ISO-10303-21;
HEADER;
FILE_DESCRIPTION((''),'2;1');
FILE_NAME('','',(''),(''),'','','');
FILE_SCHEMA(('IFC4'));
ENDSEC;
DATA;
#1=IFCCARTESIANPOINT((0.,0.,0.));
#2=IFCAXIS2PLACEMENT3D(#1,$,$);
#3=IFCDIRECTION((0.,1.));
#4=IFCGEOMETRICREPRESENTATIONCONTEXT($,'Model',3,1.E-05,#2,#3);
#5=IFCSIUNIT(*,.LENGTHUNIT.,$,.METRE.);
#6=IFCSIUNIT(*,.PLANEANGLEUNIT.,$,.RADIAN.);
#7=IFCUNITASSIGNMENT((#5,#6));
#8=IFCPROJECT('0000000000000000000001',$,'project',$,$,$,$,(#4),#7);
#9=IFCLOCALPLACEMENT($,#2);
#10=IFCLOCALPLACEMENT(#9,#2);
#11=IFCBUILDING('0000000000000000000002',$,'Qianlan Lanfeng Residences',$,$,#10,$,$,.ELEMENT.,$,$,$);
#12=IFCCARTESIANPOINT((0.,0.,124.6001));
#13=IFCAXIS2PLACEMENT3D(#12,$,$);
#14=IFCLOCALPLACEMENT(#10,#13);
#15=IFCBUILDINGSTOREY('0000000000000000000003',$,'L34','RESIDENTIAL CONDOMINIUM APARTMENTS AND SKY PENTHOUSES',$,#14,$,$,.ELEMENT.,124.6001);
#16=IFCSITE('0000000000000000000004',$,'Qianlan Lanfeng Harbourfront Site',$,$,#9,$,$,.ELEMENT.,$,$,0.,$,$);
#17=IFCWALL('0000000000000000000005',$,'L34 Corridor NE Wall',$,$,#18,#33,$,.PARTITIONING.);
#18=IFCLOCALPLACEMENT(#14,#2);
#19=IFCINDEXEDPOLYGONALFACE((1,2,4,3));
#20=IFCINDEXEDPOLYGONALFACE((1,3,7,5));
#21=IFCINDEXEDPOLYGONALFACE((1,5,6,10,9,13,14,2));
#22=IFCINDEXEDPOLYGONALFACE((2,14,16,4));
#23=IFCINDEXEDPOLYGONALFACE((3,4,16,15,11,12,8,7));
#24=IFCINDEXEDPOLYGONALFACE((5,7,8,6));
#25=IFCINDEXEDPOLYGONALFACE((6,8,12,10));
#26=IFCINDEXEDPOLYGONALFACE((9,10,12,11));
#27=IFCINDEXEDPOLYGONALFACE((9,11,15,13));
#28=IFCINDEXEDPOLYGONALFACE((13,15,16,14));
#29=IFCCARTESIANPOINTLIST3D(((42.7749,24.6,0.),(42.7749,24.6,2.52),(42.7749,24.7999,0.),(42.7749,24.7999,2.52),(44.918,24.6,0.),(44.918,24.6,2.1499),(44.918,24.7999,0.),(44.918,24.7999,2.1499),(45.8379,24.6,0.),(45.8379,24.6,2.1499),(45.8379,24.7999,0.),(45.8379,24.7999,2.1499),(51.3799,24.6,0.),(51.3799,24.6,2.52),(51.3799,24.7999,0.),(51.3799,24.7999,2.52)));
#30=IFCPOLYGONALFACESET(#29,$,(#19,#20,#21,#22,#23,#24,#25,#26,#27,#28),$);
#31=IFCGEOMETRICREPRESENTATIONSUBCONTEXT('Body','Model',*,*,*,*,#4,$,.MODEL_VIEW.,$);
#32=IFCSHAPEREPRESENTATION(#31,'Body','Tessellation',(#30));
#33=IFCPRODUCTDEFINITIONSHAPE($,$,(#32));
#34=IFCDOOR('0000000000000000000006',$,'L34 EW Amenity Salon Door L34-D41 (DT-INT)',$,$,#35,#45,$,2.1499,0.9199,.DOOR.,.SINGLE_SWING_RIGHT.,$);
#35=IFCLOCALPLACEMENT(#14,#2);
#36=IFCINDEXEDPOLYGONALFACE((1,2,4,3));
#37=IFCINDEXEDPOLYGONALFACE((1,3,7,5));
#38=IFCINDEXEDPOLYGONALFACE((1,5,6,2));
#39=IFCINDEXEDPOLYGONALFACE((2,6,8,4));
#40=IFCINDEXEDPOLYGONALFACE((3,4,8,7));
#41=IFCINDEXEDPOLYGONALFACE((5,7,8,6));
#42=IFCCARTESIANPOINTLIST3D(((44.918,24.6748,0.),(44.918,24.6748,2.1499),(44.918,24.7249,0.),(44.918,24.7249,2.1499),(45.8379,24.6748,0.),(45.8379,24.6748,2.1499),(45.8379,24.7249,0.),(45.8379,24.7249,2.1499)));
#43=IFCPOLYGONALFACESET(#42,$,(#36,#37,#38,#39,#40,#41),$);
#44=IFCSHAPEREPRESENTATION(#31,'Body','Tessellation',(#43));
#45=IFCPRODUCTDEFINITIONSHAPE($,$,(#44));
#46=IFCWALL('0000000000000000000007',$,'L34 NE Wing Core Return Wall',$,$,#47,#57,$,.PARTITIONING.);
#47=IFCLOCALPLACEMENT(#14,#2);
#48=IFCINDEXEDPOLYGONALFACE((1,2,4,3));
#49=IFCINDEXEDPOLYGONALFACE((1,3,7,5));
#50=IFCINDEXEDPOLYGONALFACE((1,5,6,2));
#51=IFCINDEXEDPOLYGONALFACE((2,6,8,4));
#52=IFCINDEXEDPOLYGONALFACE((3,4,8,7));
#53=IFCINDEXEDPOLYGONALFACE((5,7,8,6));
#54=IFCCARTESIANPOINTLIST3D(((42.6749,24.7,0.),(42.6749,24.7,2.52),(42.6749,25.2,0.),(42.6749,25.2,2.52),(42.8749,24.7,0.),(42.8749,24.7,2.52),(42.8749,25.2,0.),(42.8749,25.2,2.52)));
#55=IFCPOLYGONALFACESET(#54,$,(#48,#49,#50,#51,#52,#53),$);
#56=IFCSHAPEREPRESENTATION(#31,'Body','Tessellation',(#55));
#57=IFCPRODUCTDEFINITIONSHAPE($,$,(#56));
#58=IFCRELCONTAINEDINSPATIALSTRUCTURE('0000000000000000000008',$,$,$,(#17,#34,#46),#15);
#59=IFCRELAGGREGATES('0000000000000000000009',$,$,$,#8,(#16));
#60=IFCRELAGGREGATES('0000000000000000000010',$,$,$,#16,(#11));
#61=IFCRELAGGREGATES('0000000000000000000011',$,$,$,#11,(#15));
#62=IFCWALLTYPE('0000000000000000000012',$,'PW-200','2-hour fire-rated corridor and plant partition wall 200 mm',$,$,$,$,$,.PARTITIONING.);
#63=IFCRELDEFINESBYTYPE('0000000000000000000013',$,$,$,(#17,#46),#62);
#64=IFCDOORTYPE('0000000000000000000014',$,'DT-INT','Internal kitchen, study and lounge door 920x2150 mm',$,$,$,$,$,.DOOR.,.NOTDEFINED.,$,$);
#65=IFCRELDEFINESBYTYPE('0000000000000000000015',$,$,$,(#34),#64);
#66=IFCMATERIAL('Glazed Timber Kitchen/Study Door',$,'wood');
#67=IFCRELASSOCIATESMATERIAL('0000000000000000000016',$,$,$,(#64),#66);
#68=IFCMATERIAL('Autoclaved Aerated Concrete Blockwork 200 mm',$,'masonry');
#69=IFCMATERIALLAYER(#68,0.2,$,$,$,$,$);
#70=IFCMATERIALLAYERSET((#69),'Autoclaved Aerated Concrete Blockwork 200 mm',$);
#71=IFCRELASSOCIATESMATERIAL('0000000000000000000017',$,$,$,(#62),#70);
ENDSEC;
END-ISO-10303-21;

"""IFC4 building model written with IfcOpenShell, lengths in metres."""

from ifc_helpers import new_model, si_unit, direction, frame, frame_2d, origin, place, context, subcontext, project, spatial, rectangle, extrude, material, layer, layer_set, type_object, element, fill, save


model = new_model("IFC4")

# Units and contexts
model_context = context("Model", 3, precision=1e-05, world=origin(), true_north=direction((0.0, 1.0)))
body_context = subcontext(model_context, "Body", "Model", "MODEL_VIEW")
ifc_project = project(units=[si_unit("LENGTHUNIT", "METRE"), si_unit("PLANEANGLEUNIT", "RADIAN")], contexts=[model_context])

# Site, building, storey
site_placement = place(None, origin())
site = spatial("IfcSite", under=ifc_project, at=site_placement, Name="Qianlan Lanfeng Harbourfront Site", CompositionType="ELEMENT", RefElevation=0.0)
building_placement = place(site_placement, origin())
building = spatial("IfcBuilding", under=site, at=building_placement, Name="Qianlan Lanfeng Residences", CompositionType="ELEMENT")
storey_placement = place(building_placement, frame((0.0, 0.0, 124.6001)))
storey = spatial("IfcBuildingStorey", under=building, at=storey_placement, Name="L34", Description="RESIDENTIAL CONDOMINIUM APARTMENTS AND SKY PENTHOUSES", CompositionType="ELEMENT", Elevation=124.6001)

# Wall, opening, door
ifc_material_1 = material(Name="Glazed Timber Kitchen/Study Door", Category="wood")
door_type = type_object("IfcDoorType", Name="DT-INT", Description="Internal kitchen, study and lounge door 920x2150 mm", OperationType="NOTDEFINED", PredefinedType="DOOR", material=ifc_material_1)
ifc_material_2 = material(Name="Autoclaved Aerated Concrete Blockwork 200 mm", Category="masonry")
ifc_layer_1 = layer(ifc_material_2, 0.2)
ifc_layer_set_1 = layer_set([ifc_layer_1], Name="Autoclaved Aerated Concrete Blockwork 200 mm")
wall_type_1 = type_object("IfcWallType", Name="PW-200", Description="2-hour fire-rated corridor and plant partition wall 200 mm", PredefinedType="PARTITIONING", material=ifc_layer_set_1)
wall_1_placement = place(storey_placement, frame((42.7749, 24.7, 0.0), z_axis=(0.0, 0.0, 1.0), x_axis=(1.0, 0.0, 0.0)))
wall_1 = element("IfcWall", 1, at=wall_1_placement, inside=storey, type_object=wall_type_1, Name="L34 Corridor NE Wall", PredefinedType="PARTITIONING", context=body_context, shape_type="SweptSolid", body=[
    extrude(rectangle(XDim=8.605, YDim=0.2, at=frame_2d((4.3025, 0.0))), origin(), (0.0, 0.0, 1.0), 2.52),
])
opening_1_placement = place(wall_1_placement, frame((2.1431, 0.0, 0.0)))
opening_1 = element("IfcOpeningElement", 2, at=opening_1_placement, cuts=wall_1, PredefinedType="OPENING", context=body_context, shape_type="SweptSolid", body=[
    extrude(rectangle(XDim=0.9199, YDim=2.1499, at=frame_2d((0.46, 1.075))), frame((0.0, 0.1099, 0.0), z_axis=(0.0, -1.0, 0.0), x_axis=(1.0, 0.0, 0.0)), (0.0, 0.0, 1.0), 0.22),
])
door_1_placement = place(opening_1_placement, origin())
door_1 = element("IfcDoor", 3, at=door_1_placement, inside=storey, type_object=door_type, Name="L34 EW Amenity Salon Door L34-D41 (DT-INT)", OperationType="SINGLE_SWING_RIGHT", OverallHeight=2.1499, OverallWidth=0.9199, PredefinedType="DOOR", context=body_context, shape_type="SweptSolid", body=[
    extrude(rectangle(XDim=0.9199, YDim=2.1499, at=frame_2d((0.46, 1.075))), frame((0.0, 0.0249, 0.0), z_axis=(0.0, -1.0, 0.0), x_axis=(1.0, 0.0, 0.0)), (0.0, 0.0, 1.0), 0.05),
])
fill(opening_1, door_1)

# Wall
wall_2_placement = place(storey_placement, frame((42.7749, 24.7, 0.0), z_axis=(0.0, 0.0, 1.0), x_axis=(0.0, 1.0, 0.0)))
element("IfcWall", 4, at=wall_2_placement, inside=storey, type_object=wall_type_1, Name="L34 NE Wing Core Return Wall", PredefinedType="PARTITIONING", context=body_context, shape_type="SweptSolid", body=[
    extrude(rectangle(XDim=0.5, YDim=0.2, at=frame_2d((0.25, 0.0))), origin(), (0.0, 0.0, 1.0), 2.52),
])

save(model, "model.ifc")
